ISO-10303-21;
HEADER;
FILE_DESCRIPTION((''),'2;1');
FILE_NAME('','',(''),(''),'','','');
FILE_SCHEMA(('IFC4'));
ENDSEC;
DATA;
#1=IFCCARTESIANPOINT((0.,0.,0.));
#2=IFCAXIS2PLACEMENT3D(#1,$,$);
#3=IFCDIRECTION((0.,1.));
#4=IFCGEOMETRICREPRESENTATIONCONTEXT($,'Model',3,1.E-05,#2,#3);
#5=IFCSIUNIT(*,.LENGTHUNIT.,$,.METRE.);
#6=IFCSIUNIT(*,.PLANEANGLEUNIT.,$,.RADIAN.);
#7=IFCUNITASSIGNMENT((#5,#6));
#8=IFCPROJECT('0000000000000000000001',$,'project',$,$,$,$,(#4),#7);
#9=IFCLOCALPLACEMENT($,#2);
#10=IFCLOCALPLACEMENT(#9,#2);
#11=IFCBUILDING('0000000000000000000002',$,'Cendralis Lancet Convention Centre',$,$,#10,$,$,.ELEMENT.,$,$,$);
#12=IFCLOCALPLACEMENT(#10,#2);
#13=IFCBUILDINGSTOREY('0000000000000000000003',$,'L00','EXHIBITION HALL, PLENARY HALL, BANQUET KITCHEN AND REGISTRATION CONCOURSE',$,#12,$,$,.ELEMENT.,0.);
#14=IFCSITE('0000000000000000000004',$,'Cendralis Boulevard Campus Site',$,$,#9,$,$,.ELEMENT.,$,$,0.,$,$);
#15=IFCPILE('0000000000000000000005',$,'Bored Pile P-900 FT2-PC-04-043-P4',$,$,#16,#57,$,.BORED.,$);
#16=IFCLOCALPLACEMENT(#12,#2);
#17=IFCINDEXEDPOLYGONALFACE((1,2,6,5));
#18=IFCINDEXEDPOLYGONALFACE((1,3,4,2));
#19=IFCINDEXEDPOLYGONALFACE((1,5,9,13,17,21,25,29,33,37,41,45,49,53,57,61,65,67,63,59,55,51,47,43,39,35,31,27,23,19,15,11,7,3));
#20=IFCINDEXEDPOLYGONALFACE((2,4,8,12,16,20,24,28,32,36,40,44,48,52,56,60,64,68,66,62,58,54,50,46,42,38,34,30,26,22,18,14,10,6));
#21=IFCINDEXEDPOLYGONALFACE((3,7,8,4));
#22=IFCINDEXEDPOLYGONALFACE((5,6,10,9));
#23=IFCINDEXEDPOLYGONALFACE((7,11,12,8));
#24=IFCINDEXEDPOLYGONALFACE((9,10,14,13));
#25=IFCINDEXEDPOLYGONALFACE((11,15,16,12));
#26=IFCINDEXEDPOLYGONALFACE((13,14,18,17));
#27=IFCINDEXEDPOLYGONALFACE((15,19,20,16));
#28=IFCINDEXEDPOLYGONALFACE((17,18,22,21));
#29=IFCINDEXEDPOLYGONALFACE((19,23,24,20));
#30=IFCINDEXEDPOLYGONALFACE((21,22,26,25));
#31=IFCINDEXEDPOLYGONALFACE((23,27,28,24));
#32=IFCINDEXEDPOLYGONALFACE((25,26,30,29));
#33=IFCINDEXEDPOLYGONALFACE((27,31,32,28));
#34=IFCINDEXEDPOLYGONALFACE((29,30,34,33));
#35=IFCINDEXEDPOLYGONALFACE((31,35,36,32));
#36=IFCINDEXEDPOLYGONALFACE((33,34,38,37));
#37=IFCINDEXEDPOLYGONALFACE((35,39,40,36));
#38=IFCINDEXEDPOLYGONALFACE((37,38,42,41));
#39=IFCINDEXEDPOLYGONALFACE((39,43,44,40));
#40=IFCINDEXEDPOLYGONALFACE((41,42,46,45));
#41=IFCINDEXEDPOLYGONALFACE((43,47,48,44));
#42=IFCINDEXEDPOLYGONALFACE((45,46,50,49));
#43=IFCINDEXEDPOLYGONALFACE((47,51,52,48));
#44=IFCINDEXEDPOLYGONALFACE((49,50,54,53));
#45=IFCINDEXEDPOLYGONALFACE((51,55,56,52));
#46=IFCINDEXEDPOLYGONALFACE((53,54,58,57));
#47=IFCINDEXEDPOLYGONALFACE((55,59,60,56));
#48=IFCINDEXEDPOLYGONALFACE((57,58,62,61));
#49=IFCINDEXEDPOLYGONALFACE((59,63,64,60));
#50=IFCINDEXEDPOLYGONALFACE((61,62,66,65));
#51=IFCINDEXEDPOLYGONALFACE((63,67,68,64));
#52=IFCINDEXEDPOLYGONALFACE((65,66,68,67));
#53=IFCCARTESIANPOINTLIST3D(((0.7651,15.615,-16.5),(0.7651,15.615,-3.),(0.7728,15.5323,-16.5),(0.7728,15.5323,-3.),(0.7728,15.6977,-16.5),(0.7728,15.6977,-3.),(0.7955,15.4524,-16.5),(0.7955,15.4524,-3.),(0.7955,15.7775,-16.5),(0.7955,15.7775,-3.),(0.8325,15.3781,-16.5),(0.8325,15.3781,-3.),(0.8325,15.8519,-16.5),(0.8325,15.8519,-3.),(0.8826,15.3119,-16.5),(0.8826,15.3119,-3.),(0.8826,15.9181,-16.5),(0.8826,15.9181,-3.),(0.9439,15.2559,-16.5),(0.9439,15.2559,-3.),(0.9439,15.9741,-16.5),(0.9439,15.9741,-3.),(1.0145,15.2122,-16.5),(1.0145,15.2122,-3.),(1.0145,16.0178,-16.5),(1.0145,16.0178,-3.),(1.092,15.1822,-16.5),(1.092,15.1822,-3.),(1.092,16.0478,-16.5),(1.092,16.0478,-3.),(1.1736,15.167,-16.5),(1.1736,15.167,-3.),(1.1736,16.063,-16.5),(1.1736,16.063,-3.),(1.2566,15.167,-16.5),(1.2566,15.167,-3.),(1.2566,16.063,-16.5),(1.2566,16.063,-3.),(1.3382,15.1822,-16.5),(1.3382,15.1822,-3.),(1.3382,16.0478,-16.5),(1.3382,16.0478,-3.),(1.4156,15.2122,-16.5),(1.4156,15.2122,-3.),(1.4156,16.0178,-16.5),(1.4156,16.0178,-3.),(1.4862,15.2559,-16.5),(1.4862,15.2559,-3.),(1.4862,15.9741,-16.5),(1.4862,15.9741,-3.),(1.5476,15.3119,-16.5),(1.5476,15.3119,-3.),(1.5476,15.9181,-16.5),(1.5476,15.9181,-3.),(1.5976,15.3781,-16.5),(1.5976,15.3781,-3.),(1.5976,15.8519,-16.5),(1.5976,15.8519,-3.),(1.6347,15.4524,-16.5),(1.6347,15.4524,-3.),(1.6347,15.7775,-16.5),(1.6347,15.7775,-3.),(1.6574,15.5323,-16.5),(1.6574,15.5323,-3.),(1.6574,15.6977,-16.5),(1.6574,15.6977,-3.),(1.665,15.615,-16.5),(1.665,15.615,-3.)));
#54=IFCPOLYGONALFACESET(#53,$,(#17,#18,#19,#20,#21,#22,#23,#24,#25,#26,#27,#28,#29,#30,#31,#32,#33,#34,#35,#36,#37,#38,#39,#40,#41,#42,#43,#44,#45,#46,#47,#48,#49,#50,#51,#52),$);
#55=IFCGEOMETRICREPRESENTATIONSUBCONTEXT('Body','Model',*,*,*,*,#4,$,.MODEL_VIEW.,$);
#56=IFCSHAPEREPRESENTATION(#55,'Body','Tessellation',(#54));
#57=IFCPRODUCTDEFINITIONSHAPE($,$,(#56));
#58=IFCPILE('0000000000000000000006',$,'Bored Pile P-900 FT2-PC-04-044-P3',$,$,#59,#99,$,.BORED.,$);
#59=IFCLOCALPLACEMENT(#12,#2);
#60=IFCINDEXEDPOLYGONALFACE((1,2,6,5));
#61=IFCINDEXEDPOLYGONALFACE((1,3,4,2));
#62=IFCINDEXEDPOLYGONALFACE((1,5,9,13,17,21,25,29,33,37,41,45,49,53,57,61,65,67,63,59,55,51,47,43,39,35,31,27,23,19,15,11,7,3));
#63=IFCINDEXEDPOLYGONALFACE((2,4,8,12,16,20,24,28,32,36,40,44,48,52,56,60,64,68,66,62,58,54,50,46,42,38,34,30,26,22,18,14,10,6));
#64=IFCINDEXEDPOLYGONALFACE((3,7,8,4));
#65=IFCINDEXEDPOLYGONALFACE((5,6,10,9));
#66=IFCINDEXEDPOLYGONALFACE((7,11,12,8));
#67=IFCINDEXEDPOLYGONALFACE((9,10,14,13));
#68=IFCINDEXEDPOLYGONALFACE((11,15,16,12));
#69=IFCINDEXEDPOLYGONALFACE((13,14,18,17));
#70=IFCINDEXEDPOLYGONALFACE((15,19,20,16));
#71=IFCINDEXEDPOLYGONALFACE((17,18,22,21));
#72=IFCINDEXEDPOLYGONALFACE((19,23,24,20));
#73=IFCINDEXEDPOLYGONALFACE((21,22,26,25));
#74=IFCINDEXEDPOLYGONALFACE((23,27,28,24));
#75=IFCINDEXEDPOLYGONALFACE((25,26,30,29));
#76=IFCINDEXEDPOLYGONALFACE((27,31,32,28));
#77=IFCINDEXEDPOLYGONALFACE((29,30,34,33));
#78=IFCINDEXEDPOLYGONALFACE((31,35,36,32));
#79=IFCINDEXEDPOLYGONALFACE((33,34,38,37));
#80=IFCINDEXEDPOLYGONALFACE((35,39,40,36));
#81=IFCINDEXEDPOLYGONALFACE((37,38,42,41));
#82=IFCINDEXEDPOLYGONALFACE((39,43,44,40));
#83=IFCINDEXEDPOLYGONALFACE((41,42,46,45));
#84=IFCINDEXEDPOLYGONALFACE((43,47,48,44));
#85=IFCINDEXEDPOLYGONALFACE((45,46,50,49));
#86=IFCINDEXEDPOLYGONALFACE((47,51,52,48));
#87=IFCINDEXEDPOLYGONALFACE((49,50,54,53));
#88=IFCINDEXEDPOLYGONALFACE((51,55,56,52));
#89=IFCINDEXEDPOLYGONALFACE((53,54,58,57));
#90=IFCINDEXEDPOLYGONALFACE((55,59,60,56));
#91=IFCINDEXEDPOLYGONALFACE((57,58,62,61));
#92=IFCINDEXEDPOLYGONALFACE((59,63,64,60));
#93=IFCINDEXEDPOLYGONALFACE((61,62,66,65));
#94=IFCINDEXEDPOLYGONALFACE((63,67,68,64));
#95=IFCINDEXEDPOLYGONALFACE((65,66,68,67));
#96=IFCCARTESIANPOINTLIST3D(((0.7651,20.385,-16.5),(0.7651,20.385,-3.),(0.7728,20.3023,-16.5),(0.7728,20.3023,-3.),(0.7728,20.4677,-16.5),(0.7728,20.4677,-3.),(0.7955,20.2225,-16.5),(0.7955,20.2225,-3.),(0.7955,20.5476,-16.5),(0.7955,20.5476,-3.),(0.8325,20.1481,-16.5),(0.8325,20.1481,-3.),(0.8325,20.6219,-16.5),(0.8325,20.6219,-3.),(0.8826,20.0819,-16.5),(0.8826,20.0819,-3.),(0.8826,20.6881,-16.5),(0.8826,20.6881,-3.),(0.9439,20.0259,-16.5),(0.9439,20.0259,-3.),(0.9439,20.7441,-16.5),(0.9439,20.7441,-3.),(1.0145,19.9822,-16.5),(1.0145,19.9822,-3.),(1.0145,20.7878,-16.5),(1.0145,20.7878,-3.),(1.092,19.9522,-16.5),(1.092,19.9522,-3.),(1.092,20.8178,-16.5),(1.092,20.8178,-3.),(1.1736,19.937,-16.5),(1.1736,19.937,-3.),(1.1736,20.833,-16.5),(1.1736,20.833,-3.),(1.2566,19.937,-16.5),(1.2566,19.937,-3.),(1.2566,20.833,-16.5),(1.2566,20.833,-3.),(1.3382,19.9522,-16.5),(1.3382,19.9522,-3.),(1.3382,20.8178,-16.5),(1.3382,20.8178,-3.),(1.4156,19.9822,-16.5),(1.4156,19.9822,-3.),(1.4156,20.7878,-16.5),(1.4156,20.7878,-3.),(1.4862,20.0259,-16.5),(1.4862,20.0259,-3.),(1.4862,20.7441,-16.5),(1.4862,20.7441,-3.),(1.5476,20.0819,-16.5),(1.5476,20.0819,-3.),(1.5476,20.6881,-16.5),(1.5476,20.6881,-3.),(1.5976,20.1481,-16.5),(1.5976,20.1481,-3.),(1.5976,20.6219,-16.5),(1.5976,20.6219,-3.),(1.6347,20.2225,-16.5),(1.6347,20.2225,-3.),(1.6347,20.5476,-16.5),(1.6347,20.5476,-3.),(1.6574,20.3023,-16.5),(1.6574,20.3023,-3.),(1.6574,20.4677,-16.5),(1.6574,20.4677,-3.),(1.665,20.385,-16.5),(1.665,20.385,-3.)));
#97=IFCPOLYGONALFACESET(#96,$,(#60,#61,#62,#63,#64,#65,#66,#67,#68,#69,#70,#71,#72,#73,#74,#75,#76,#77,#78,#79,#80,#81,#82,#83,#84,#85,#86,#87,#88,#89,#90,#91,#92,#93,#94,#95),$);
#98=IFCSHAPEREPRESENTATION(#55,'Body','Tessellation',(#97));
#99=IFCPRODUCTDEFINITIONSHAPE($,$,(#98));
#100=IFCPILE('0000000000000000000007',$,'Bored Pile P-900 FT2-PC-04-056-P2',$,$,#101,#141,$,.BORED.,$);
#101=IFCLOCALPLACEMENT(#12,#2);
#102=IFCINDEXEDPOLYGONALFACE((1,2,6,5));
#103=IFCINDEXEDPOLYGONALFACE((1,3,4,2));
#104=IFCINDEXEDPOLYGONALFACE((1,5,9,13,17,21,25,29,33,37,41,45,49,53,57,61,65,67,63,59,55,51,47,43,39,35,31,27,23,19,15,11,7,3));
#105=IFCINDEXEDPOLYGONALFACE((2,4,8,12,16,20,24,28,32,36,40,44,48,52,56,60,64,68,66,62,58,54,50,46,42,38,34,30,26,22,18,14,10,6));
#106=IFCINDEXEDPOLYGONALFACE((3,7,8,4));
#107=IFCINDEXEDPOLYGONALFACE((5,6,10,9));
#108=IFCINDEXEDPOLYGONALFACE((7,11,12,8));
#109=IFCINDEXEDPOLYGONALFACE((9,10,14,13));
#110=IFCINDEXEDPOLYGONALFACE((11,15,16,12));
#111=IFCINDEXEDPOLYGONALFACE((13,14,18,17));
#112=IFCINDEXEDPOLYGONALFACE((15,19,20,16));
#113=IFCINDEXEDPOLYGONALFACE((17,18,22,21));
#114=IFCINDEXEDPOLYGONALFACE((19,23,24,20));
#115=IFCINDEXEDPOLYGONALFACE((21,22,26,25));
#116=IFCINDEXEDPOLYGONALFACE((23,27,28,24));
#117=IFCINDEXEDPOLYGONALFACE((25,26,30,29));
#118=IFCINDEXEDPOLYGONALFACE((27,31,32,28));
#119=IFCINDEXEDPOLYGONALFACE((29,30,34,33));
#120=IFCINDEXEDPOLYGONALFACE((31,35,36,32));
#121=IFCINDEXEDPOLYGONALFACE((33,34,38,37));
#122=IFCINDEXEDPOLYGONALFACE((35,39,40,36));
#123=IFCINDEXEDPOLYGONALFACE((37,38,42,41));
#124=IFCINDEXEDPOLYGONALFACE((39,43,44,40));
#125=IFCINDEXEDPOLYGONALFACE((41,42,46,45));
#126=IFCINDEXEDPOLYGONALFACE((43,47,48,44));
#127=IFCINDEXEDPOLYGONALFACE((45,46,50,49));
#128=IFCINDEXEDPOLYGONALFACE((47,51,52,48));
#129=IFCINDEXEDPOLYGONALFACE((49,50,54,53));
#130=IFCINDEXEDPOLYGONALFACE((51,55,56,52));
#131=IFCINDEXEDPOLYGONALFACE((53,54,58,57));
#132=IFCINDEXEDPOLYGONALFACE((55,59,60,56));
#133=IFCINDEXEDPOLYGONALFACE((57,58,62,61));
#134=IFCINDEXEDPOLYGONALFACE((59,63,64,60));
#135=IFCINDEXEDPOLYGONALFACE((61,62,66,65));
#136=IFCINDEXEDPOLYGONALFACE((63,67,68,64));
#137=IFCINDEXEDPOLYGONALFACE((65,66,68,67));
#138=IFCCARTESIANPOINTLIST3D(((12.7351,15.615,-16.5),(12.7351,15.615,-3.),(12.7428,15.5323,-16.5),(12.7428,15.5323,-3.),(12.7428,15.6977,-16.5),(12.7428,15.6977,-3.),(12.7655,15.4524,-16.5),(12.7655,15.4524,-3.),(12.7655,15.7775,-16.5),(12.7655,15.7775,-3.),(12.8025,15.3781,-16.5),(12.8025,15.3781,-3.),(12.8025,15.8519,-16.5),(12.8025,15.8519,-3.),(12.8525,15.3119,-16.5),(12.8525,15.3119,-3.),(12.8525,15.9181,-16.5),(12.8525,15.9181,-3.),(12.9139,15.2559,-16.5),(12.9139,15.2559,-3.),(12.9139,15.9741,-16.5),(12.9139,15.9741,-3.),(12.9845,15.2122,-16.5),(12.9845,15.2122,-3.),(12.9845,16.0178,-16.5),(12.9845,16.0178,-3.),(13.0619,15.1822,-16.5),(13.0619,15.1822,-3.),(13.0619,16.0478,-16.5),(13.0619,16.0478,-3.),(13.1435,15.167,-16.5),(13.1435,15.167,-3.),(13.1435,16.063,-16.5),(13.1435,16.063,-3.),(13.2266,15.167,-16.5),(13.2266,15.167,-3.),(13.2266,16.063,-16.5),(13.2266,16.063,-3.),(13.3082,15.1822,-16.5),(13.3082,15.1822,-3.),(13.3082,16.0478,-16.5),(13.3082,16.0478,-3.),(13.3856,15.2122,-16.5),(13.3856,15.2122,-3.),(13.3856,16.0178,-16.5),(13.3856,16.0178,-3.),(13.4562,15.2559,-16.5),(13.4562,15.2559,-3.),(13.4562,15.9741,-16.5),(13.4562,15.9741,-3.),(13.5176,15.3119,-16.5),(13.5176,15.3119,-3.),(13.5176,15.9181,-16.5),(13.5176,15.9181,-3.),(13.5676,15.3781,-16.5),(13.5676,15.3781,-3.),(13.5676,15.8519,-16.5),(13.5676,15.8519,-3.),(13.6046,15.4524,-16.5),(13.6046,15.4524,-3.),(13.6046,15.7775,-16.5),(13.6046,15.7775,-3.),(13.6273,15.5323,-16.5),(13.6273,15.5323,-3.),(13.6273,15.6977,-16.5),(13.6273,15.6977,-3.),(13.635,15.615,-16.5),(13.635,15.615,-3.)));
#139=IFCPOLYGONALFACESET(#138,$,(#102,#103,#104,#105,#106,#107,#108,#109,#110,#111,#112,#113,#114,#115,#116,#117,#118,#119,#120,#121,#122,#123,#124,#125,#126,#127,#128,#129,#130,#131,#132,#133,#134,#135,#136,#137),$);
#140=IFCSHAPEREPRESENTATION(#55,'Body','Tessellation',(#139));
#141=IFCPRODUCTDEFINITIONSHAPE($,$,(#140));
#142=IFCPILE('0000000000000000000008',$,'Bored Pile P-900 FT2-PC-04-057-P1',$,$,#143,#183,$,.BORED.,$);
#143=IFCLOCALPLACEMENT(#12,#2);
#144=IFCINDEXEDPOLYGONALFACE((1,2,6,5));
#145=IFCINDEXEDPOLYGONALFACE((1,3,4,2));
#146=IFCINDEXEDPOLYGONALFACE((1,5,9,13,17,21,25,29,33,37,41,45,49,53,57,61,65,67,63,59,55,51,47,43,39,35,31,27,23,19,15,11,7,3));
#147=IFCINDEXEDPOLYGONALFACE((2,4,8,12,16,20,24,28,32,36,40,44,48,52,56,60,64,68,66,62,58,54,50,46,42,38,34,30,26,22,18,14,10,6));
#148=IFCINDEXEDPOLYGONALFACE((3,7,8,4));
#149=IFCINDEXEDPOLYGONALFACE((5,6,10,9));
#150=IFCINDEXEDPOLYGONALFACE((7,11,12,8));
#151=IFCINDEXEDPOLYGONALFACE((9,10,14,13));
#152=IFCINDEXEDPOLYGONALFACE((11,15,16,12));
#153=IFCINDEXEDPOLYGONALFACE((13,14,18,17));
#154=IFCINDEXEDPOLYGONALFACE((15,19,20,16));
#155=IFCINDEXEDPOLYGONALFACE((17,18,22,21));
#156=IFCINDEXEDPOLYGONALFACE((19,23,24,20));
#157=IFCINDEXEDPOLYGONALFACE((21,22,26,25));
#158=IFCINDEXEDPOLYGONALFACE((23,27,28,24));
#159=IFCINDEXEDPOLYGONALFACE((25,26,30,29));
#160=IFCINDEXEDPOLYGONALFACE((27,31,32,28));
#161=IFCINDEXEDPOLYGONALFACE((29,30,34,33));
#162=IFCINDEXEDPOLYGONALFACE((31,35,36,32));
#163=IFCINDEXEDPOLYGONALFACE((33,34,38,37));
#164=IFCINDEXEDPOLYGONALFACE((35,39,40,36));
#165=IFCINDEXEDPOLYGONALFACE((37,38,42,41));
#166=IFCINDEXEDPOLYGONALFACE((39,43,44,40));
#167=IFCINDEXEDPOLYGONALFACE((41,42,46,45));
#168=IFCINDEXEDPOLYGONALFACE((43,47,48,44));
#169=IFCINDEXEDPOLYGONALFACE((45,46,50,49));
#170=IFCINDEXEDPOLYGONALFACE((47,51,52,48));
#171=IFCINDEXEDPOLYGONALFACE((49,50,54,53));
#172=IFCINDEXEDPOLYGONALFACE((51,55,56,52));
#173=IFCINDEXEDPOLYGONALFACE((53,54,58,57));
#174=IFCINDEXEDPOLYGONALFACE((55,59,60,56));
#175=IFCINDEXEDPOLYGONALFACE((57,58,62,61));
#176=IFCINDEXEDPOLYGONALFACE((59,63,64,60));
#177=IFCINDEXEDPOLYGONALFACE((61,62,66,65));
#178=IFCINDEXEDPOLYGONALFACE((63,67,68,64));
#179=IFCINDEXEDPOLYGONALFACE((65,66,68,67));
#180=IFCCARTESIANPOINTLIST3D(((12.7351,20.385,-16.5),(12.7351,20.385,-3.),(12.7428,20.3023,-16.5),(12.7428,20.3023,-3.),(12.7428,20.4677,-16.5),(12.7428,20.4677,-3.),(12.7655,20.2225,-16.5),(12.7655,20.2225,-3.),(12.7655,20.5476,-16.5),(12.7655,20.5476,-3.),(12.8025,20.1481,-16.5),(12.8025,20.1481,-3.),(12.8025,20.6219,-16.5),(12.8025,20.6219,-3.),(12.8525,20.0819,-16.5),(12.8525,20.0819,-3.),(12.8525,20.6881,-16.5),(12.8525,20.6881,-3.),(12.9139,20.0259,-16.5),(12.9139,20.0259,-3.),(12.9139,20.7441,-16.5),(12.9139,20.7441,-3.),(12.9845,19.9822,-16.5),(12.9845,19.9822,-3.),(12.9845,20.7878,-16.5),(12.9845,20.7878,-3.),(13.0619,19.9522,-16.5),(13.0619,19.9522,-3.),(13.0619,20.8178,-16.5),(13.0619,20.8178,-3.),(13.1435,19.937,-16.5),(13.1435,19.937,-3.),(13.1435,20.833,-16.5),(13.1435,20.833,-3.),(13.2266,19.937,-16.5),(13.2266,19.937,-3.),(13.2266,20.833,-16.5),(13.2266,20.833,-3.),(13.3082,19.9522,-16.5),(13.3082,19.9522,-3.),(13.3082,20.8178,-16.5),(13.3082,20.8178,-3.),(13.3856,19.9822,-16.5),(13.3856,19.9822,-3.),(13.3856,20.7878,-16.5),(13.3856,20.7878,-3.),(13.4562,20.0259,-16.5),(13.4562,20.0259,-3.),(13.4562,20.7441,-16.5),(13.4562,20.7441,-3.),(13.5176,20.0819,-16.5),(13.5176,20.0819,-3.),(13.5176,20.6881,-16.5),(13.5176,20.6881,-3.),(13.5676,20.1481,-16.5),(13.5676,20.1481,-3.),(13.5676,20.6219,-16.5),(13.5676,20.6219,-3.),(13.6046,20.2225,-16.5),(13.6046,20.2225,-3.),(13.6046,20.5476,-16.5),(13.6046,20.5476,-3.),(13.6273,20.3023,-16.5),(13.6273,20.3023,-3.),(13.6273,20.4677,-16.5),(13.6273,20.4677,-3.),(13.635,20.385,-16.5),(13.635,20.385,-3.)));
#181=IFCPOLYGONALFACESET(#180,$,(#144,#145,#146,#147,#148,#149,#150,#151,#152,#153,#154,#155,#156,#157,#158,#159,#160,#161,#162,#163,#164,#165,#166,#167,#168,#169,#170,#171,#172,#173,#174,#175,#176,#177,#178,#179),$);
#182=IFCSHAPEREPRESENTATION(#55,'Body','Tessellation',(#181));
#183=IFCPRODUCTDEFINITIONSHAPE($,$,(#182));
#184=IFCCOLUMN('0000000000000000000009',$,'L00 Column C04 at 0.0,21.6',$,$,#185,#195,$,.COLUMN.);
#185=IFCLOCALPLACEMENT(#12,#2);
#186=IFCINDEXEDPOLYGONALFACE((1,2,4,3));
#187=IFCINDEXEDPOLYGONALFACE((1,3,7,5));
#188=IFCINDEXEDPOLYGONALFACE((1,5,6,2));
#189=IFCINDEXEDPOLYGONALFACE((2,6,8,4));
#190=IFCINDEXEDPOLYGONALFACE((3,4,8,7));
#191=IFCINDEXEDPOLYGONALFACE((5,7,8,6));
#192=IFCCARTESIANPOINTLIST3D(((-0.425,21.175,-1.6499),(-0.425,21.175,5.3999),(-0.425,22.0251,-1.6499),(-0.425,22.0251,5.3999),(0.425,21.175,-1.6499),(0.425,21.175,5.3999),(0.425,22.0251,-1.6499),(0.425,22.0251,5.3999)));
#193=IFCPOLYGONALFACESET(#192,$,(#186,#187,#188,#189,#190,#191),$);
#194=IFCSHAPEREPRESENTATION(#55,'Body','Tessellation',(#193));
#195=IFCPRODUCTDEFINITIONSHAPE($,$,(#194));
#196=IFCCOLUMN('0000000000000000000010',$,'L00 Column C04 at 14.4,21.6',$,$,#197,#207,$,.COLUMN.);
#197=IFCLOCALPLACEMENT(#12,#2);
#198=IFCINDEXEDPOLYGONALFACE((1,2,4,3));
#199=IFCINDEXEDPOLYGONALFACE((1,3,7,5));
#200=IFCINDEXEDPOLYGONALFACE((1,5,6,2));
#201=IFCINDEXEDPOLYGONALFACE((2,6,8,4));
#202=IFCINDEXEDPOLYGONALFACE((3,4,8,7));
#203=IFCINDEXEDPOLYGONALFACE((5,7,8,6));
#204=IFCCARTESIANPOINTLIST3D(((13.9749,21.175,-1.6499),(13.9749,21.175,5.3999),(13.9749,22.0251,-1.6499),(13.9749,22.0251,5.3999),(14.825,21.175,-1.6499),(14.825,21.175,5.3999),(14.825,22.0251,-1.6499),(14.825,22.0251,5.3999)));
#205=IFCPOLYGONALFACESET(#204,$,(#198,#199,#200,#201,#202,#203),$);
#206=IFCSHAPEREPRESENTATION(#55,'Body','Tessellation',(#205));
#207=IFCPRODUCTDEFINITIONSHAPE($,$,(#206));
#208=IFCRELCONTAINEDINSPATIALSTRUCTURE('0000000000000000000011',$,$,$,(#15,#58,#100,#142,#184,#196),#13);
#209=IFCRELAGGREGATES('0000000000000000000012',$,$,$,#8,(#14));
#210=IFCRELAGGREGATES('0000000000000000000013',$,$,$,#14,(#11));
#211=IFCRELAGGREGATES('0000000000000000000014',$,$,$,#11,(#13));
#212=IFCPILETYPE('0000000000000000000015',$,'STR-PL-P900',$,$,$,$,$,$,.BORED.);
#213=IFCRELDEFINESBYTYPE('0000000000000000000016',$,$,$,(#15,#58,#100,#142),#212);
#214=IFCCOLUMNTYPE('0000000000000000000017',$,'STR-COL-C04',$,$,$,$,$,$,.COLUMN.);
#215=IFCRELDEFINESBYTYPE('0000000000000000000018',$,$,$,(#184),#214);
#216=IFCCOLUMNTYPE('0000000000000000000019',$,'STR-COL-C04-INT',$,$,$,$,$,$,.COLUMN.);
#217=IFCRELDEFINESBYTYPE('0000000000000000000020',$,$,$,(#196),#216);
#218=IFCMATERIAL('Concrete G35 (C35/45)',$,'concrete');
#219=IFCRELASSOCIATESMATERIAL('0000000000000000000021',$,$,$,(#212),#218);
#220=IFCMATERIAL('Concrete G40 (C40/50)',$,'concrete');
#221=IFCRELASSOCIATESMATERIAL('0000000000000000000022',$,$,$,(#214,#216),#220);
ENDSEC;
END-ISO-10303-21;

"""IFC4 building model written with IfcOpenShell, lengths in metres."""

from ifc_helpers import new_model, si_unit, direction, frame, origin, origin_2d, place, context, subcontext, project, spatial, rectangle, circle, extrude, material, material_profile, profile_set, type_object, element, save


model = new_model("IFC4")

# Units and contexts
model_context = context("Model", 3, precision=1e-05, world=origin(), true_north=direction((0.0, 1.0)))
body_context = subcontext(model_context, "Body", "Model", "MODEL_VIEW")
ifc_project = project(units=[si_unit("LENGTHUNIT", "METRE"), si_unit("PLANEANGLEUNIT", "RADIAN")], contexts=[model_context])

# Site, building, storey
site_placement = place(None, origin())
site = spatial("IfcSite", under=ifc_project, at=site_placement, Name="Cendralis Boulevard Campus Site", CompositionType="ELEMENT", RefElevation=0.0)
building_placement = place(site_placement, origin())
building = spatial("IfcBuilding", under=site, at=building_placement, Name="Cendralis Lancet Convention Centre", CompositionType="ELEMENT")
storey_placement = place(building_placement, origin())
storey = spatial("IfcBuildingStorey", under=building, at=storey_placement, Name="L00", Description="EXHIBITION HALL, PLENARY HALL, BANQUET KITCHEN AND REGISTRATION CONCOURSE", CompositionType="ELEMENT", Elevation=0.0)

# Shared definitions
ifc_material_1 = material(Name="Concrete G35 (C35/45)", Category="concrete")

# Piles
ifc_material_profile_1 = material_profile(ifc_material_1, circle(Radius=0.45, at=origin_2d()), Name="BORED PILE D900")
ifc_profile_set_1 = profile_set([ifc_material_profile_1], Name="Concrete G35 (C35/45)")
pile_type_1 = type_object("IfcPileType", Name="STR-PL-P900", PredefinedType="BORED", material=ifc_profile_set_1)
for number, where, z_axis, x_axis, name in (
    (1, (1.2151, 15.615, -3.0), (0.0, 0.0, -1.0), (1.0, 0.0, 0.0), "Bored Pile P-900 FT2-PC-04-043-P4"),
    (2, (1.2151, 20.385, -3.0), (0.0, 0.0, -1.0), (1.0, 0.0, 0.0), "Bored Pile P-900 FT2-PC-04-044-P3"),
    (3, (13.1851, 15.615, -3.0), (0.0, 0.0, -1.0), (1.0, 0.0, 0.0), "Bored Pile P-900 FT2-PC-04-056-P2"),
    (4, (13.1851, 20.385, -3.0), (0.0, 0.0, -1.0), (1.0, 0.0, 0.0), "Bored Pile P-900 FT2-PC-04-057-P1"),
):
    element("IfcPile", number, at=place(storey_placement, frame(where, z_axis=z_axis, x_axis=x_axis)), inside=storey, type_object=pile_type_1, Name=name, PredefinedType="BORED", context=body_context, shape_type="SweptSolid", body=[
        extrude(circle(Radius=0.45, at=origin_2d()), origin(), (0.0, 0.0, 1.0), 13.5),
    ])

# Columns
ifc_material_2 = material(Name="Concrete G40 (C40/50)", Category="concrete")
ifc_material_profile_2 = material_profile(ifc_material_2, rectangle(XDim=0.8501, YDim=0.8501, at=origin_2d()), Name="RC 850x850")
ifc_profile_set_2 = profile_set([ifc_material_profile_2], Name="Concrete G40 (C40/50)")
column_type_1 = type_object("IfcColumnType", Name="STR-COL-C04", PredefinedType="COLUMN", material=ifc_profile_set_2)
column_1_placement = place(storey_placement, frame((0.0, 21.6001, -1.6499), z_axis=(0.0, 0.0, 1.0), x_axis=(1.0, 0.0, 0.0)))
element("IfcColumn", 5, at=column_1_placement, inside=storey, type_object=column_type_1, Name="L00 Column C04 at 0.0,21.6", PredefinedType="COLUMN", context=body_context, shape_type="SweptSolid", body=[
    extrude(rectangle(XDim=0.8501, YDim=0.8501, at=origin_2d()), origin(), (0.0, 0.0, 1.0), 7.0498),
])
ifc_material_profile_3 = material_profile(ifc_material_2, rectangle(XDim=0.8501, YDim=0.8501, at=origin_2d()), Name="RC 850x850")
ifc_profile_set_3 = profile_set([ifc_material_profile_3], Name="Concrete G40 (C40/50)")
column_type_2 = type_object("IfcColumnType", Name="STR-COL-C04-INT", PredefinedType="COLUMN", material=ifc_profile_set_3)
column_2_placement = place(storey_placement, frame((14.3999, 21.6001, -1.6499), z_axis=(0.0, 0.0, 1.0), x_axis=(1.0, 0.0, 0.0)))
element("IfcColumn", 6, at=column_2_placement, inside=storey, type_object=column_type_2, Name="L00 Column C04 at 14.4,21.6", PredefinedType="COLUMN", context=body_context, shape_type="SweptSolid", body=[
    extrude(rectangle(XDim=0.8501, YDim=0.8501, at=origin_2d()), origin(), (0.0, 0.0, 1.0), 7.0498),
])

save(model, "model.ifc")
